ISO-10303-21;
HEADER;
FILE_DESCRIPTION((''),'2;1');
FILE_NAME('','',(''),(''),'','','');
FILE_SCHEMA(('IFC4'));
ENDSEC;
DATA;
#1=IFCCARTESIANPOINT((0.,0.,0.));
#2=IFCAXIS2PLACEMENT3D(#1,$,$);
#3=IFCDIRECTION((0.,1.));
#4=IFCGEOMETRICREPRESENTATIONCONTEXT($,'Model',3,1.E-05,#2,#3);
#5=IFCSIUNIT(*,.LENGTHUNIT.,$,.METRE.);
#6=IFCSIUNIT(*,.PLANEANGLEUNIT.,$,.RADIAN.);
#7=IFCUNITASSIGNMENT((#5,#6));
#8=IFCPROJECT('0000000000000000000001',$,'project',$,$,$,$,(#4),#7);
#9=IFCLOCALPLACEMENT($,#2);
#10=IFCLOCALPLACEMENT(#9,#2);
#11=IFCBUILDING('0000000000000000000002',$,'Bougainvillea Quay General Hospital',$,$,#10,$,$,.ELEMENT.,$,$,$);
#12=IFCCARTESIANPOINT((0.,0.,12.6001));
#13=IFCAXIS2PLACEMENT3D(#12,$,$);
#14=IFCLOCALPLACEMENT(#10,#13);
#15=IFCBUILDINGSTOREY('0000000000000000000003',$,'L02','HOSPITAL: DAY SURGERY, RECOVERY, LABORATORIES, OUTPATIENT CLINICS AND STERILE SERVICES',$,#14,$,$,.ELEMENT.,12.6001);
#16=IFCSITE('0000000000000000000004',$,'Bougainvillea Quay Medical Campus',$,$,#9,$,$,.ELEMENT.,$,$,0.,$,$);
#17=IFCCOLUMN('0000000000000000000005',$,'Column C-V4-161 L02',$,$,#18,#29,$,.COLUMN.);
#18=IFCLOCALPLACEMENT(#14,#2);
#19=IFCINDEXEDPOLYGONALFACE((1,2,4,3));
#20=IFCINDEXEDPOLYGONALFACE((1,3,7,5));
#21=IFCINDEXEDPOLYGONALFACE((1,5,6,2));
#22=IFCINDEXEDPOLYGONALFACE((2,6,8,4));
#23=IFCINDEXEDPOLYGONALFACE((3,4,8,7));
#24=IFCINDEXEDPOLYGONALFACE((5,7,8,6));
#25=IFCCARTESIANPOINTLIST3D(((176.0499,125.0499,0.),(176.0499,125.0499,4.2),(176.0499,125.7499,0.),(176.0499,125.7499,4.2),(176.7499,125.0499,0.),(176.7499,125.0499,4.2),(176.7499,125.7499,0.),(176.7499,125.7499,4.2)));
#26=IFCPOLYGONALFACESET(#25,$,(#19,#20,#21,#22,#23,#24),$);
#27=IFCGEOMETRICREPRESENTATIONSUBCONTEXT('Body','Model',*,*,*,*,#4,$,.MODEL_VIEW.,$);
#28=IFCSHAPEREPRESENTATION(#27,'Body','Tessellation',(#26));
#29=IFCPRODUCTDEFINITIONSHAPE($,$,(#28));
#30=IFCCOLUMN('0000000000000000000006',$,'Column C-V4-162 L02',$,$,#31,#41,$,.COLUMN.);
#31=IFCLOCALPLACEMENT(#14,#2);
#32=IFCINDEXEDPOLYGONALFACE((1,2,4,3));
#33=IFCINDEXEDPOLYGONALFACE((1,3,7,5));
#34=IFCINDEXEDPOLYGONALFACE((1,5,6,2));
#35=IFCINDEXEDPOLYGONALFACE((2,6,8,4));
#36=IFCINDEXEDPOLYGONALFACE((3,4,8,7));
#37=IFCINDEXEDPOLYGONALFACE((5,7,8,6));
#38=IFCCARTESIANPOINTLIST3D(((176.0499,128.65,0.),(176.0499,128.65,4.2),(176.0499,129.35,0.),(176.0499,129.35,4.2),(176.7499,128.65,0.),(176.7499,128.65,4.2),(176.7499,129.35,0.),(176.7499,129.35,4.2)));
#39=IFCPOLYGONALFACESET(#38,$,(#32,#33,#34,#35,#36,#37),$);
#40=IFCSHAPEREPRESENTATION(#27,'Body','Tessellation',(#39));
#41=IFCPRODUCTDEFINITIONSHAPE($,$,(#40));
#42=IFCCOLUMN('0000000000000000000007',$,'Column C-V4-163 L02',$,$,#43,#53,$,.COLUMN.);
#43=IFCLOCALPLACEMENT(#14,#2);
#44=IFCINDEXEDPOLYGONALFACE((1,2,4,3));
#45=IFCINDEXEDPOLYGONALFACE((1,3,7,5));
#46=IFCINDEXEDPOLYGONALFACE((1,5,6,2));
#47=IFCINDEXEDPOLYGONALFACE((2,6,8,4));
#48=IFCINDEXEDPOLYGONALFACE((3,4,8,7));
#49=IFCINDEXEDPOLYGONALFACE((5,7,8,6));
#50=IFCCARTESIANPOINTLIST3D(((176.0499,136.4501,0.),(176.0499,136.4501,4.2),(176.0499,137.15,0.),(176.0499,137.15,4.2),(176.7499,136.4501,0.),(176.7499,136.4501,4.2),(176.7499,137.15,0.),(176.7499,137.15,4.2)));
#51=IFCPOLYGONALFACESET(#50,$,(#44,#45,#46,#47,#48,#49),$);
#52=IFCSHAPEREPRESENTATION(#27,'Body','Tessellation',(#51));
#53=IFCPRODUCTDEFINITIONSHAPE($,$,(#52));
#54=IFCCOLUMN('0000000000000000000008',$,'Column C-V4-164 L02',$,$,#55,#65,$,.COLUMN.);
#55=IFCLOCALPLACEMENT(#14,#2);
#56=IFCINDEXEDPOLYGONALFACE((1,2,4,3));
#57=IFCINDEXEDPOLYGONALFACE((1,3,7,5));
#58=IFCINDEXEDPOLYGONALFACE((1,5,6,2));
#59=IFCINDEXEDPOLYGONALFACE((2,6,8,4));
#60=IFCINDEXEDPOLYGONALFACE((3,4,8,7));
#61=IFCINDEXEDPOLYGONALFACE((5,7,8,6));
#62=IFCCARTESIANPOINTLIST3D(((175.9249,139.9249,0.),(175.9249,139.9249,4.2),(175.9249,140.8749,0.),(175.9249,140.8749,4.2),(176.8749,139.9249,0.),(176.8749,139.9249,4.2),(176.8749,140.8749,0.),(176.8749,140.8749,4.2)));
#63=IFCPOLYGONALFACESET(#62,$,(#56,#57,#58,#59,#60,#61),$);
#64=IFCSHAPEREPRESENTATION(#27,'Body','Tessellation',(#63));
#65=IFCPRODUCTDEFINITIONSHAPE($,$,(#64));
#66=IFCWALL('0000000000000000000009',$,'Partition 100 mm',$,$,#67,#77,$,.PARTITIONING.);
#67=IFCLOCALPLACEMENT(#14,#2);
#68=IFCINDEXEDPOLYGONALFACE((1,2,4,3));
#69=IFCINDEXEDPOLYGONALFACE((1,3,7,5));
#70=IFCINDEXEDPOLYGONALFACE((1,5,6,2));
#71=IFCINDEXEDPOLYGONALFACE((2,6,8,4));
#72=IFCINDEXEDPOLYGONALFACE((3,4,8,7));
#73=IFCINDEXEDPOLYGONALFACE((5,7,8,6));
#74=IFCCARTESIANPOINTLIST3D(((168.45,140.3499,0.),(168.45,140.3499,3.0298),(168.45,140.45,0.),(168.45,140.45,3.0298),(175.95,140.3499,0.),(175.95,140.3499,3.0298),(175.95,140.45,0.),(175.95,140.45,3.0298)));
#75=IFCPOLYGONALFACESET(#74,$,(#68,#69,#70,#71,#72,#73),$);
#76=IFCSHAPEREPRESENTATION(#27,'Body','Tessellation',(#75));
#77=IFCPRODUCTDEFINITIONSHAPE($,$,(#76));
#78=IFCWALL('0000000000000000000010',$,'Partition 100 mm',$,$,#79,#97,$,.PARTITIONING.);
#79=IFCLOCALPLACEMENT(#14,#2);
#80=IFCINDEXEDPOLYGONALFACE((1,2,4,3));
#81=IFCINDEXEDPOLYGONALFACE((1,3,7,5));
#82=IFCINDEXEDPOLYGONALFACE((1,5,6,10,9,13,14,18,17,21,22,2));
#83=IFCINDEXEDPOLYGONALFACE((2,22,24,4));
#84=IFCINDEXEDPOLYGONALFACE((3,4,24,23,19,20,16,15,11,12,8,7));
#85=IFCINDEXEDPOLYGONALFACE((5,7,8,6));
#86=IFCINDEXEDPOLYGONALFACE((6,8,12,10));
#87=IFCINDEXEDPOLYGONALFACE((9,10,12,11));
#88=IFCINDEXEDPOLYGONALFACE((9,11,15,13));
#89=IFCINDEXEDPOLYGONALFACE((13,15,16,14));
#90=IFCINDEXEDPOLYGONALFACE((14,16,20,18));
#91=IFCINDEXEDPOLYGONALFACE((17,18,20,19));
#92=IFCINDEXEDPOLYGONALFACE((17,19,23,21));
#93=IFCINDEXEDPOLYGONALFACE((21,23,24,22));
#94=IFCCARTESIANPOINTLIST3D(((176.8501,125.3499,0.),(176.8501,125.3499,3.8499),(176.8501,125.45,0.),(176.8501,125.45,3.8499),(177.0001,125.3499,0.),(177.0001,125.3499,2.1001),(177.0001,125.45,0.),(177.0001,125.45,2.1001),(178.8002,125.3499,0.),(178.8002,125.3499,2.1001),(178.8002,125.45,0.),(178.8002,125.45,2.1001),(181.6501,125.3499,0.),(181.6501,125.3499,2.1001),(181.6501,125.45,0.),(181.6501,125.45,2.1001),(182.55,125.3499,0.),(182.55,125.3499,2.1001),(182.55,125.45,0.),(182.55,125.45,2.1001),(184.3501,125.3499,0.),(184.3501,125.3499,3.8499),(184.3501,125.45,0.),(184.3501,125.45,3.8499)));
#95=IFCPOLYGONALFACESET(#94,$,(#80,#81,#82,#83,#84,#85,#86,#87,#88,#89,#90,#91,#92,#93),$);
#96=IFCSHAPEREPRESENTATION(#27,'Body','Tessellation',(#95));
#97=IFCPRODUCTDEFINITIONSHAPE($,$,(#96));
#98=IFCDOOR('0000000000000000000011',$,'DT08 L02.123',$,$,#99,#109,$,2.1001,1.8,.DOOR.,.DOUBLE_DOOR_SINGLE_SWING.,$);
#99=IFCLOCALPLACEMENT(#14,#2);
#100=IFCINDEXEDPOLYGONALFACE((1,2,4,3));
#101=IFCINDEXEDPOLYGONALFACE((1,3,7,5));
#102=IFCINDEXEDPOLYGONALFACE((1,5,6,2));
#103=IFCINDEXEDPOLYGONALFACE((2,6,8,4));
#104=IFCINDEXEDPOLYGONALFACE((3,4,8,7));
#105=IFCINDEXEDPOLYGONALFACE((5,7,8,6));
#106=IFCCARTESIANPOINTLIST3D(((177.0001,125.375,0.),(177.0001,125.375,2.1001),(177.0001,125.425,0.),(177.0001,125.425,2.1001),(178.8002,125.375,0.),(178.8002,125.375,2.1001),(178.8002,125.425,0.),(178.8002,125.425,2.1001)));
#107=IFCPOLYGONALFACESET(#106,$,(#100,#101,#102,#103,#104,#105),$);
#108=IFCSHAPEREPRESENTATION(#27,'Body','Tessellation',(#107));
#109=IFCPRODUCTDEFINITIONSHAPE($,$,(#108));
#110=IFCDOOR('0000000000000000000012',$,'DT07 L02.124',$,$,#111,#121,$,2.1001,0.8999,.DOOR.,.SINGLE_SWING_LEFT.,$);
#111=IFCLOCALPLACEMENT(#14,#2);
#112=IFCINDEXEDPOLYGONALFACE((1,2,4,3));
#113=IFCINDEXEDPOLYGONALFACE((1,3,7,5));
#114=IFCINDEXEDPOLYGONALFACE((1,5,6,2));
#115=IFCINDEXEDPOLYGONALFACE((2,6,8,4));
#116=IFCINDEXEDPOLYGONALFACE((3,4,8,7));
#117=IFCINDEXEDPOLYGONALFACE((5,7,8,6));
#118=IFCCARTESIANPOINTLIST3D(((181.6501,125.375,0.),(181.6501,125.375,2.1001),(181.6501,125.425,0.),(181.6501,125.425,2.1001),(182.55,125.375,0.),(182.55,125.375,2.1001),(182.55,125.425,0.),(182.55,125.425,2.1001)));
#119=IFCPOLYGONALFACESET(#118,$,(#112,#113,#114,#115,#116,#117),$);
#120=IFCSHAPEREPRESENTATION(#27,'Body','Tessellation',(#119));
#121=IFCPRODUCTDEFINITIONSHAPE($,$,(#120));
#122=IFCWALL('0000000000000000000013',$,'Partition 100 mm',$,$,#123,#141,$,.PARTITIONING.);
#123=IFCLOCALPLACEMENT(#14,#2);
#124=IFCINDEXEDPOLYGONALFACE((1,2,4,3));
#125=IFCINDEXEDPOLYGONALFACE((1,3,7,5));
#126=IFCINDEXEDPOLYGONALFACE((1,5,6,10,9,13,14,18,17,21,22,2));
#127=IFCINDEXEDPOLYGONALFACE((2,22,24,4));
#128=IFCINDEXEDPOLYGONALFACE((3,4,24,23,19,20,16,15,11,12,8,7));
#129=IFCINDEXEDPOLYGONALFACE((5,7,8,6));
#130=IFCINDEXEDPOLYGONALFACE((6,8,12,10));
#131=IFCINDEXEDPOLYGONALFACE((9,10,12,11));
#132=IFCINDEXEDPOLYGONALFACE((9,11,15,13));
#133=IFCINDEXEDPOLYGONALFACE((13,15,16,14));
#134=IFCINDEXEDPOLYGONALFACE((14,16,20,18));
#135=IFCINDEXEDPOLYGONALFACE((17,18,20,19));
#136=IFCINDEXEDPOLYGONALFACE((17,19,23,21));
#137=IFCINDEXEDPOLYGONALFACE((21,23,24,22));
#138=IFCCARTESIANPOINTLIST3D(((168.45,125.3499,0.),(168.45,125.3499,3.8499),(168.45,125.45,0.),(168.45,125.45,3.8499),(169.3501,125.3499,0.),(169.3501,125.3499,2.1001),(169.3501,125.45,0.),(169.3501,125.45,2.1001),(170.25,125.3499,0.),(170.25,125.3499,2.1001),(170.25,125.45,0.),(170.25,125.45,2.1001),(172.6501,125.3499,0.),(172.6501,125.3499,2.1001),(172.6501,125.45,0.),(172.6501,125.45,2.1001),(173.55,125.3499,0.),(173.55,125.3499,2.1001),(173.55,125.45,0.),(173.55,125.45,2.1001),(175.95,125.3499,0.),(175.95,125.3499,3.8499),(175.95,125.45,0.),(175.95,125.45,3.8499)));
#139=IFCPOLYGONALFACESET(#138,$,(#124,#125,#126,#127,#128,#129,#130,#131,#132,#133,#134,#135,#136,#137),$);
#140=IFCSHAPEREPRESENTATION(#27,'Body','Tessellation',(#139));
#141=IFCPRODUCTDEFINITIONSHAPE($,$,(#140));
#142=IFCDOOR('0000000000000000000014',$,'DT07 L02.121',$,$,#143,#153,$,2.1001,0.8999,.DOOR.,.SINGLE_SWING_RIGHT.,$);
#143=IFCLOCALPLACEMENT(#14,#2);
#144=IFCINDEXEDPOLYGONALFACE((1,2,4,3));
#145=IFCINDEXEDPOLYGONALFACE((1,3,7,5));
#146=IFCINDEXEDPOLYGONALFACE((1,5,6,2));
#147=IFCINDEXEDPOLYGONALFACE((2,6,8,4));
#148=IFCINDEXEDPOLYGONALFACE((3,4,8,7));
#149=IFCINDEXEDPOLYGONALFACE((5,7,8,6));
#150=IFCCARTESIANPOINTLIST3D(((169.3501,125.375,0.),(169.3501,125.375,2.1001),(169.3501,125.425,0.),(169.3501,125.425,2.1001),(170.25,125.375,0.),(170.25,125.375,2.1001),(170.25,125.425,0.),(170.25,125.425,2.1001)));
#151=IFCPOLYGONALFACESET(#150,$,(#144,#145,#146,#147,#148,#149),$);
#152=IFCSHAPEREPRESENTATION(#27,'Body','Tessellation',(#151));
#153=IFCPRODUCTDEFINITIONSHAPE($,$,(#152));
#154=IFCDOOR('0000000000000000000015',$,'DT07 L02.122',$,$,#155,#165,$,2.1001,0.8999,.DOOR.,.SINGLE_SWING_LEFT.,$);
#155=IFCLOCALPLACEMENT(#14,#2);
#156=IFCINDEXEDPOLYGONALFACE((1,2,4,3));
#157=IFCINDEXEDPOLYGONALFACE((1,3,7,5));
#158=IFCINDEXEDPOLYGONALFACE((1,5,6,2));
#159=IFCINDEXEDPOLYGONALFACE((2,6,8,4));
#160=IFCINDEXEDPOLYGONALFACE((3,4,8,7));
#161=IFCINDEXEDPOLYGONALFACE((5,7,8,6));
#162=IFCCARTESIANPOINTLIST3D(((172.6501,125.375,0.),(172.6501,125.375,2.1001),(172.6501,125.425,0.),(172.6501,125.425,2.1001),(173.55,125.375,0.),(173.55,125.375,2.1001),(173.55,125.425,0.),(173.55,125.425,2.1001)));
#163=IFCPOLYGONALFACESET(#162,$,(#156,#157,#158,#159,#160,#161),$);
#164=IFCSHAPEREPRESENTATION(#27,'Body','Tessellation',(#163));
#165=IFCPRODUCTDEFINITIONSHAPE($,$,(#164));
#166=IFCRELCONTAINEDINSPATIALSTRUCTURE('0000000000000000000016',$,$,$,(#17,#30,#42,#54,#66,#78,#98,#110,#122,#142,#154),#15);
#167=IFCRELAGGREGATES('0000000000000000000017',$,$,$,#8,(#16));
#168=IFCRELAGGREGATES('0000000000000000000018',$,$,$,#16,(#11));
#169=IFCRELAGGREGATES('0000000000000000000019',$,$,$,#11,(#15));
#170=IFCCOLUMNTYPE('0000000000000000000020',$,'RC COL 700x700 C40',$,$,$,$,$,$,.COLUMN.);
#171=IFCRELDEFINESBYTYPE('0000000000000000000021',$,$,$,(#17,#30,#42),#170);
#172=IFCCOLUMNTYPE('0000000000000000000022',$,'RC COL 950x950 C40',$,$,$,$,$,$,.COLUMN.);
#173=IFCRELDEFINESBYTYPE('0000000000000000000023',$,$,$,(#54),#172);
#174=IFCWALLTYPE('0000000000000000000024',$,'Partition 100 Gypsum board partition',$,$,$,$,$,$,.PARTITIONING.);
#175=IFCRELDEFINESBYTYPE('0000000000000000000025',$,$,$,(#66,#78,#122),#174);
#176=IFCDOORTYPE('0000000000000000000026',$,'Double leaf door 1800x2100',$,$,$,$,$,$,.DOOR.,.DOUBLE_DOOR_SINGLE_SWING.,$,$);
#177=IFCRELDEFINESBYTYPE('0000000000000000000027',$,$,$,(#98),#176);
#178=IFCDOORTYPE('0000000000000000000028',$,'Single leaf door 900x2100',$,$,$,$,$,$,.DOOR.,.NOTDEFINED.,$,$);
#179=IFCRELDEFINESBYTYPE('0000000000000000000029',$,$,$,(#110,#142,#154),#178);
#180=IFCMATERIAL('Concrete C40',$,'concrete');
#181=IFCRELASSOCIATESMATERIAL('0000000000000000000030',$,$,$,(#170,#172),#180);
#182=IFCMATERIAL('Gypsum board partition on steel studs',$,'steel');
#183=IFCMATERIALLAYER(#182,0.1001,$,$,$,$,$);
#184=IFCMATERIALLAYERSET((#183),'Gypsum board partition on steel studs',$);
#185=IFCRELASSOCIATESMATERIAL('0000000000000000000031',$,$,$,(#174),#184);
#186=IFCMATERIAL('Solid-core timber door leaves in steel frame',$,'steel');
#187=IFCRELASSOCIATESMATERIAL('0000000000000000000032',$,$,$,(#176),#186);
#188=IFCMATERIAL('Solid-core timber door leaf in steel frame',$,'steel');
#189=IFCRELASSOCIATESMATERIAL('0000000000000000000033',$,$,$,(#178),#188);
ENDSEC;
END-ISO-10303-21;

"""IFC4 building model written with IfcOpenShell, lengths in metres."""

from ifc_helpers import new_model, si_unit, direction, frame, frame_2d, origin, origin_2d, place, context, subcontext, project, spatial, rectangle, extrude, material, layer, layer_set, material_profile, profile_set, type_object, element, fill, save


model = new_model("IFC4")

# Units and contexts
model_context = context("Model", 3, precision=1e-05, world=origin(), true_north=direction((0.0, 1.0)))
body_context = subcontext(model_context, "Body", "Model", "MODEL_VIEW")
ifc_project = project(units=[si_unit("LENGTHUNIT", "METRE"), si_unit("PLANEANGLEUNIT", "RADIAN")], contexts=[model_context])

# Site, building, storey
site_placement = place(None, origin())
site = spatial("IfcSite", under=ifc_project, at=site_placement, Name="Bougainvillea Quay Medical Campus", CompositionType="ELEMENT", RefElevation=0.0)
building_placement = place(site_placement, origin())
building = spatial("IfcBuilding", under=site, at=building_placement, Name="Bougainvillea Quay General Hospital", CompositionType="ELEMENT")
storey_placement = place(building_placement, frame((0.0, 0.0, 12.6001)))
storey = spatial("IfcBuildingStorey", under=building, at=storey_placement, Name="L02", Description="HOSPITAL: DAY SURGERY, RECOVERY, LABORATORIES, OUTPATIENT CLINICS AND STERILE SERVICES", CompositionType="ELEMENT", Elevation=12.6001)

# Columns
ifc_material_1 = material(Name="Concrete C40", Category="concrete")
ifc_material_profile_1 = material_profile(ifc_material_1, rectangle(XDim=0.7, YDim=0.7, at=origin_2d()))
ifc_profile_set_1 = profile_set([ifc_material_profile_1], Name="Concrete C40")
column_type_1 = type_object("IfcColumnType", Name="RC COL 700x700 C40", PredefinedType="COLUMN", material=ifc_profile_set_1)
for number, where, z_axis, x_axis, name in (
    (1, (176.3999, 125.3999, 0.0), (0.0, 0.0, 1.0), (1.0, 0.0, 0.0), "Column C-V4-161 L02"),
    (2, (176.3999, 129.0, 0.0), (0.0, 0.0, 1.0), (1.0, 0.0, 0.0), "Column C-V4-162 L02"),
    (3, (176.3999, 136.8, 0.0), (0.0, 0.0, 1.0), (1.0, 0.0, 0.0), "Column C-V4-163 L02"),
):
    element("IfcColumn", number, at=place(storey_placement, frame(where, z_axis=z_axis, x_axis=x_axis)), inside=storey, type_object=column_type_1, Name=name, PredefinedType="COLUMN", context=body_context, shape_type="SweptSolid", body=[
        extrude(rectangle(XDim=0.7, YDim=0.7, at=origin_2d()), origin(), (0.0, 0.0, 1.0), 4.2),
    ])
ifc_material_profile_2 = material_profile(ifc_material_1, rectangle(XDim=0.95, YDim=0.95, at=origin_2d()))
ifc_profile_set_2 = profile_set([ifc_material_profile_2], Name="Concrete C40")
column_type_2 = type_object("IfcColumnType", Name="RC COL 950x950 C40", PredefinedType="COLUMN", material=ifc_profile_set_2)
column_placement = place(storey_placement, frame((176.3999, 140.3999, 0.0), z_axis=(0.0, 0.0, 1.0), x_axis=(1.0, 0.0, 0.0)))
element("IfcColumn", 4, at=column_placement, inside=storey, type_object=column_type_2, Name="Column C-V4-164 L02", PredefinedType="COLUMN", context=body_context, shape_type="SweptSolid", body=[
    extrude(rectangle(XDim=0.95, YDim=0.95, at=origin_2d()), origin(), (0.0, 0.0, 1.0), 4.2),
])

# Wall
ifc_material_2 = material(Name="Gypsum board partition on steel studs", Category="steel")
ifc_layer_1 = layer(ifc_material_2, 0.1001)
ifc_layer_set_1 = layer_set([ifc_layer_1], Name="Gypsum board partition on steel studs")
wall_type_1 = type_object("IfcWallType", Name="Partition 100 Gypsum board partition", PredefinedType="PARTITIONING", material=ifc_layer_set_1)
wall_1_placement = place(storey_placement, frame((175.95, 140.3999, 0.0), z_axis=(0.0, 0.0, 1.0), x_axis=(-1.0, 0.0, 0.0)))
element("IfcWall", 5, at=wall_1_placement, inside=storey, type_object=wall_type_1, Name="Partition 100 mm", PredefinedType="PARTITIONING", context=body_context, shape_type="SweptSolid", body=[
    extrude(rectangle(XDim=7.5, YDim=0.1001, at=frame_2d((3.75, 0.0))), origin(), (0.0, 0.0, 1.0), 3.0298),
])

# Walls, openings, doors
wall_2_placement = place(storey_placement, frame((184.3501, 125.3999, 0.0), z_axis=(0.0, 0.0, 1.0), x_axis=(-1.0, 0.0, 0.0)))
wall_2 = element("IfcWall", 6, at=wall_2_placement, inside=storey, type_object=wall_type_1, Name="Partition 100 mm", PredefinedType="PARTITIONING", context=body_context, shape_type="SweptSolid", body=[
    extrude(rectangle(XDim=7.5, YDim=0.1001, at=frame_2d((3.75, 0.0))), origin(), (0.0, 0.0, 1.0), 3.8499),
])
opening_1_placement = place(wall_2_placement, frame((5.55, 0.0, 0.0)))
opening_1 = element("IfcOpeningElement", 7, at=opening_1_placement, cuts=wall_2, PredefinedType="OPENING", context=body_context, shape_type="SweptSolid", body=[
    extrude(rectangle(XDim=1.8, YDim=2.1001, at=frame_2d((0.8999, 1.05))), frame((0.0, 0.0601, 0.0), z_axis=(0.0, -1.0, 0.0), x_axis=(1.0, 0.0, 0.0)), (0.0, 0.0, 1.0), 0.1201),
])
opening_2_placement = place(wall_2_placement, frame((1.8, 0.0, 0.0)))
opening_2 = element("IfcOpeningElement", 8, at=opening_2_placement, cuts=wall_2, PredefinedType="OPENING", context=body_context, shape_type="SweptSolid", body=[
    extrude(rectangle(XDim=0.8999, YDim=2.1001, at=frame_2d((0.45, 1.05))), frame((0.0, 0.0601, 0.0), z_axis=(0.0, -1.0, 0.0), x_axis=(1.0, 0.0, 0.0)), (0.0, 0.0, 1.0), 0.1201),
])
ifc_material_3 = material(Name="Solid-core timber door leaves in steel frame", Category="steel")
door_type_1 = type_object("IfcDoorType", Name="Double leaf door 1800x2100", OperationType="DOUBLE_DOOR_SINGLE_SWING", PredefinedType="DOOR", material=ifc_material_3)
door_1_placement = place(opening_1_placement, origin())
door_1 = element("IfcDoor", 9, at=door_1_placement, inside=storey, type_object=door_type_1, Name="DT08 L02.123", OperationType="DOUBLE_DOOR_SINGLE_SWING", OverallHeight=2.1001, OverallWidth=1.8, PredefinedType="DOOR", context=body_context, shape_type="SweptSolid", body=[
    extrude(rectangle(XDim=1.8, YDim=2.1001, at=frame_2d((0.8999, 1.05))), frame((0.0, 0.0249, 0.0), z_axis=(0.0, -1.0, 0.0), x_axis=(1.0, 0.0, 0.0)), (0.0, 0.0, 1.0), 0.05),
])
fill(opening_1, door_1)
ifc_material_4 = material(Name="Solid-core timber door leaf in steel frame", Category="steel")
door_type_2 = type_object("IfcDoorType", Name="Single leaf door 900x2100", OperationType="NOTDEFINED", PredefinedType="DOOR", material=ifc_material_4)
door_2_placement = place(opening_2_placement, origin())
door_2 = element("IfcDoor", 10, at=door_2_placement, inside=storey, type_object=door_type_2, Name="DT07 L02.124", OperationType="SINGLE_SWING_LEFT", OverallHeight=2.1001, OverallWidth=0.8999, PredefinedType="DOOR", context=body_context, shape_type="SweptSolid", body=[
    extrude(rectangle(XDim=0.8999, YDim=2.1001, at=frame_2d((0.45, 1.05))), frame((0.0, 0.0249, 0.0), z_axis=(0.0, -1.0, 0.0), x_axis=(1.0, 0.0, 0.0)), (0.0, 0.0, 1.0), 0.05),
])
fill(opening_2, door_2)
wall_3_placement = place(storey_placement, frame((175.95, 125.3999, 0.0), z_axis=(0.0, 0.0, 1.0), x_axis=(-1.0, 0.0, 0.0)))
wall_3 = element("IfcWall", 11, at=wall_3_placement, inside=storey, type_object=wall_type_1, Name="Partition 100 mm", PredefinedType="PARTITIONING", context=body_context, shape_type="SweptSolid", body=[
    extrude(rectangle(XDim=7.5, YDim=0.1001, at=frame_2d((3.75, 0.0))), origin(), (0.0, 0.0, 1.0), 3.8499),
])
opening_3_placement = place(wall_3_placement, frame((5.7, 0.0, 0.0)))
opening_3 = element("IfcOpeningElement", 12, at=opening_3_placement, cuts=wall_3, PredefinedType="OPENING", context=body_context, shape_type="SweptSolid", body=[
    extrude(rectangle(XDim=0.8999, YDim=2.1001, at=frame_2d((0.45, 1.05))), frame((0.0, 0.0601, 0.0), z_axis=(0.0, -1.0, 0.0), x_axis=(1.0, 0.0, 0.0)), (0.0, 0.0, 1.0), 0.1201),
])
opening_4_placement = place(wall_3_placement, frame((2.3999, 0.0, 0.0)))
opening_4 = element("IfcOpeningElement", 13, at=opening_4_placement, cuts=wall_3, PredefinedType="OPENING", context=body_context, shape_type="SweptSolid", body=[
    extrude(rectangle(XDim=0.8999, YDim=2.1001, at=frame_2d((0.45, 1.05))), frame((0.0, 0.0601, 0.0), z_axis=(0.0, -1.0, 0.0), x_axis=(1.0, 0.0, 0.0)), (0.0, 0.0, 1.0), 0.1201),
])
door_3_placement = place(opening_3_placement, origin())
door_3 = element("IfcDoor", 14, at=door_3_placement, inside=storey, type_object=door_type_2, Name="DT07 L02.121", OperationType="SINGLE_SWING_RIGHT", OverallHeight=2.1001, OverallWidth=0.8999, PredefinedType="DOOR", context=body_context, shape_type="SweptSolid", body=[
    extrude(rectangle(XDim=0.8999, YDim=2.1001, at=frame_2d((0.45, 1.05))), frame((0.0, 0.0249, 0.0), z_axis=(0.0, -1.0, 0.0), x_axis=(1.0, 0.0, 0.0)), (0.0, 0.0, 1.0), 0.05),
])
fill(opening_3, door_3)
door_4_placement = place(opening_4_placement, origin())
door_4 = element("IfcDoor", 15, at=door_4_placement, inside=storey, type_object=door_type_2, Name="DT07 L02.122", OperationType="SINGLE_SWING_LEFT", OverallHeight=2.1001, OverallWidth=0.8999, PredefinedType="DOOR", context=body_context, shape_type="SweptSolid", body=[
    extrude(rectangle(XDim=0.8999, YDim=2.1001, at=frame_2d((0.45, 1.05))), frame((0.0, 0.0249, 0.0), z_axis=(0.0, -1.0, 0.0), x_axis=(1.0, 0.0, 0.0)), (0.0, 0.0, 1.0), 0.05),
])
fill(opening_4, door_4)

save(model, "model.ifc")
